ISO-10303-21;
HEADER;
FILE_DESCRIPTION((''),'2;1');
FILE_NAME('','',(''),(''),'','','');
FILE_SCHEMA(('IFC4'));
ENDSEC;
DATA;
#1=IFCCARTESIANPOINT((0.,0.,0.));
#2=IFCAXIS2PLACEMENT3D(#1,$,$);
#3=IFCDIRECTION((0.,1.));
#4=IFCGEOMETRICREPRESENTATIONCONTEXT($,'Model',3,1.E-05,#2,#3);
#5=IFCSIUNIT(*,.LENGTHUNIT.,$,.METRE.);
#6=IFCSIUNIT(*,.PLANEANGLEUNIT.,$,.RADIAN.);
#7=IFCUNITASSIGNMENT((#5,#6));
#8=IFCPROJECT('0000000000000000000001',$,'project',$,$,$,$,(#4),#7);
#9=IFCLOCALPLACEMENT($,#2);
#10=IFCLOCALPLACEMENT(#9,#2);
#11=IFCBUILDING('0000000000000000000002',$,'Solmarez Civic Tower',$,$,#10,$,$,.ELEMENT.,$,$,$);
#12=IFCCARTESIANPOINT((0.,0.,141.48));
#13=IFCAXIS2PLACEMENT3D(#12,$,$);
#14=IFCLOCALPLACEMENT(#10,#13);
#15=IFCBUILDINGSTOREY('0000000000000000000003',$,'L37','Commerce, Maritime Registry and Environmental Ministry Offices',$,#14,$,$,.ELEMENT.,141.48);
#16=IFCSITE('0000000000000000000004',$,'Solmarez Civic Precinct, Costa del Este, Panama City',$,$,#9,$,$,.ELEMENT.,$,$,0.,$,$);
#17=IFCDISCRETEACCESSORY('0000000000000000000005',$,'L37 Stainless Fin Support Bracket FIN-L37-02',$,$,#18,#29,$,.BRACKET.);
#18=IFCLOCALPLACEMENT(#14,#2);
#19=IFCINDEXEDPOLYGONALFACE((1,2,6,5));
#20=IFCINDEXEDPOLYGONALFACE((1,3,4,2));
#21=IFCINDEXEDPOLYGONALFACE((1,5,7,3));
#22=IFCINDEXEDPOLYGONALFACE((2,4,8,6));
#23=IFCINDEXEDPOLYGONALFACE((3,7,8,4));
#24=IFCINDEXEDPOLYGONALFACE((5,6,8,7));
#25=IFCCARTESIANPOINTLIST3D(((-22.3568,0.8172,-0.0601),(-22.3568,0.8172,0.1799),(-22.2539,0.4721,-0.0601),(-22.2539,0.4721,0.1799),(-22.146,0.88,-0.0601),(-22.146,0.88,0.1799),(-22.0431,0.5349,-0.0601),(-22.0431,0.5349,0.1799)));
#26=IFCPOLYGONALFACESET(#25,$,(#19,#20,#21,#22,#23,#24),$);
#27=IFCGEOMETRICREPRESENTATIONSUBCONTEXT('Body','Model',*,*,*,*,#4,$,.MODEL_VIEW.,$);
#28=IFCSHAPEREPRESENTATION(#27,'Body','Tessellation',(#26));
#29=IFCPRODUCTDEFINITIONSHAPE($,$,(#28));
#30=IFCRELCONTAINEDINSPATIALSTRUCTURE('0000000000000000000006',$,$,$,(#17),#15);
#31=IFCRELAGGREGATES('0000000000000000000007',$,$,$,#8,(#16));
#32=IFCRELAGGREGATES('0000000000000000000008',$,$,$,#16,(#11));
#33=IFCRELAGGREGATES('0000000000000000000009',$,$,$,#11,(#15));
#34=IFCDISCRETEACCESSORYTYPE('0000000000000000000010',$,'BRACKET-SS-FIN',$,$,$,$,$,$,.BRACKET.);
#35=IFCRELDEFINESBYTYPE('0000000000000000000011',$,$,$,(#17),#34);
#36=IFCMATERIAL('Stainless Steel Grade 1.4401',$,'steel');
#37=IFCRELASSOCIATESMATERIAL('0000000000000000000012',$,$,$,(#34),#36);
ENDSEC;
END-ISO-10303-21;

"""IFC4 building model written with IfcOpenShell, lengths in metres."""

from ifc_helpers import new_model, si_unit, direction, frame, origin, origin_2d, place, context, subcontext, project, spatial, rectangle, extrude, material, type_object, element, save


model = new_model("IFC4")

# Units and contexts
model_context = context("Model", 3, precision=1e-05, world=origin(), true_north=direction((0.0, 1.0)))
body_context = subcontext(model_context, "Body", "Model", "MODEL_VIEW")
ifc_project = project(units=[si_unit("LENGTHUNIT", "METRE"), si_unit("PLANEANGLEUNIT", "RADIAN")], contexts=[model_context])

# Site, building, storey
site_placement = place(None, origin())
site = spatial("IfcSite", under=ifc_project, at=site_placement, Name="Solmarez Civic Precinct, Costa del Este, Panama City", CompositionType="ELEMENT", RefElevation=0.0)
building_placement = place(site_placement, origin())
building = spatial("IfcBuilding", under=site, at=building_placement, Name="Solmarez Civic Tower", CompositionType="ELEMENT")
storey_placement = place(building_placement, frame((0.0, 0.0, 141.48)))
storey = spatial("IfcBuildingStorey", under=building, at=storey_placement, Name="L37", Description="Commerce, Maritime Registry and Environmental Ministry Offices", CompositionType="ELEMENT", Elevation=141.48)

# Discrete accessory
ifc_material_1 = material(Name="Stainless Steel Grade 1.4401", Category="steel")
discrete_accessory_type = type_object("IfcDiscreteAccessoryType", Name="BRACKET-SS-FIN", PredefinedType="BRACKET", material=ifc_material_1)
discrete_accessory_placement = place(storey_placement, frame((-22.2, 0.676, -0.0601), z_axis=(0.0, 0.0, 1.0), x_axis=(-0.285629, 0.95834, 0.0)))
element("IfcDiscreteAccessory", 1, at=discrete_accessory_placement, inside=storey, type_object=discrete_accessory_type, Name="L37 Stainless Fin Support Bracket FIN-L37-02", PredefinedType="BRACKET", context=body_context, shape_type="SweptSolid", body=[
    extrude(rectangle(XDim=0.3601, YDim=0.22, at=origin_2d()), origin(), (0.0, 0.0, 1.0), 0.24),
])

save(model, "model.ifc")
